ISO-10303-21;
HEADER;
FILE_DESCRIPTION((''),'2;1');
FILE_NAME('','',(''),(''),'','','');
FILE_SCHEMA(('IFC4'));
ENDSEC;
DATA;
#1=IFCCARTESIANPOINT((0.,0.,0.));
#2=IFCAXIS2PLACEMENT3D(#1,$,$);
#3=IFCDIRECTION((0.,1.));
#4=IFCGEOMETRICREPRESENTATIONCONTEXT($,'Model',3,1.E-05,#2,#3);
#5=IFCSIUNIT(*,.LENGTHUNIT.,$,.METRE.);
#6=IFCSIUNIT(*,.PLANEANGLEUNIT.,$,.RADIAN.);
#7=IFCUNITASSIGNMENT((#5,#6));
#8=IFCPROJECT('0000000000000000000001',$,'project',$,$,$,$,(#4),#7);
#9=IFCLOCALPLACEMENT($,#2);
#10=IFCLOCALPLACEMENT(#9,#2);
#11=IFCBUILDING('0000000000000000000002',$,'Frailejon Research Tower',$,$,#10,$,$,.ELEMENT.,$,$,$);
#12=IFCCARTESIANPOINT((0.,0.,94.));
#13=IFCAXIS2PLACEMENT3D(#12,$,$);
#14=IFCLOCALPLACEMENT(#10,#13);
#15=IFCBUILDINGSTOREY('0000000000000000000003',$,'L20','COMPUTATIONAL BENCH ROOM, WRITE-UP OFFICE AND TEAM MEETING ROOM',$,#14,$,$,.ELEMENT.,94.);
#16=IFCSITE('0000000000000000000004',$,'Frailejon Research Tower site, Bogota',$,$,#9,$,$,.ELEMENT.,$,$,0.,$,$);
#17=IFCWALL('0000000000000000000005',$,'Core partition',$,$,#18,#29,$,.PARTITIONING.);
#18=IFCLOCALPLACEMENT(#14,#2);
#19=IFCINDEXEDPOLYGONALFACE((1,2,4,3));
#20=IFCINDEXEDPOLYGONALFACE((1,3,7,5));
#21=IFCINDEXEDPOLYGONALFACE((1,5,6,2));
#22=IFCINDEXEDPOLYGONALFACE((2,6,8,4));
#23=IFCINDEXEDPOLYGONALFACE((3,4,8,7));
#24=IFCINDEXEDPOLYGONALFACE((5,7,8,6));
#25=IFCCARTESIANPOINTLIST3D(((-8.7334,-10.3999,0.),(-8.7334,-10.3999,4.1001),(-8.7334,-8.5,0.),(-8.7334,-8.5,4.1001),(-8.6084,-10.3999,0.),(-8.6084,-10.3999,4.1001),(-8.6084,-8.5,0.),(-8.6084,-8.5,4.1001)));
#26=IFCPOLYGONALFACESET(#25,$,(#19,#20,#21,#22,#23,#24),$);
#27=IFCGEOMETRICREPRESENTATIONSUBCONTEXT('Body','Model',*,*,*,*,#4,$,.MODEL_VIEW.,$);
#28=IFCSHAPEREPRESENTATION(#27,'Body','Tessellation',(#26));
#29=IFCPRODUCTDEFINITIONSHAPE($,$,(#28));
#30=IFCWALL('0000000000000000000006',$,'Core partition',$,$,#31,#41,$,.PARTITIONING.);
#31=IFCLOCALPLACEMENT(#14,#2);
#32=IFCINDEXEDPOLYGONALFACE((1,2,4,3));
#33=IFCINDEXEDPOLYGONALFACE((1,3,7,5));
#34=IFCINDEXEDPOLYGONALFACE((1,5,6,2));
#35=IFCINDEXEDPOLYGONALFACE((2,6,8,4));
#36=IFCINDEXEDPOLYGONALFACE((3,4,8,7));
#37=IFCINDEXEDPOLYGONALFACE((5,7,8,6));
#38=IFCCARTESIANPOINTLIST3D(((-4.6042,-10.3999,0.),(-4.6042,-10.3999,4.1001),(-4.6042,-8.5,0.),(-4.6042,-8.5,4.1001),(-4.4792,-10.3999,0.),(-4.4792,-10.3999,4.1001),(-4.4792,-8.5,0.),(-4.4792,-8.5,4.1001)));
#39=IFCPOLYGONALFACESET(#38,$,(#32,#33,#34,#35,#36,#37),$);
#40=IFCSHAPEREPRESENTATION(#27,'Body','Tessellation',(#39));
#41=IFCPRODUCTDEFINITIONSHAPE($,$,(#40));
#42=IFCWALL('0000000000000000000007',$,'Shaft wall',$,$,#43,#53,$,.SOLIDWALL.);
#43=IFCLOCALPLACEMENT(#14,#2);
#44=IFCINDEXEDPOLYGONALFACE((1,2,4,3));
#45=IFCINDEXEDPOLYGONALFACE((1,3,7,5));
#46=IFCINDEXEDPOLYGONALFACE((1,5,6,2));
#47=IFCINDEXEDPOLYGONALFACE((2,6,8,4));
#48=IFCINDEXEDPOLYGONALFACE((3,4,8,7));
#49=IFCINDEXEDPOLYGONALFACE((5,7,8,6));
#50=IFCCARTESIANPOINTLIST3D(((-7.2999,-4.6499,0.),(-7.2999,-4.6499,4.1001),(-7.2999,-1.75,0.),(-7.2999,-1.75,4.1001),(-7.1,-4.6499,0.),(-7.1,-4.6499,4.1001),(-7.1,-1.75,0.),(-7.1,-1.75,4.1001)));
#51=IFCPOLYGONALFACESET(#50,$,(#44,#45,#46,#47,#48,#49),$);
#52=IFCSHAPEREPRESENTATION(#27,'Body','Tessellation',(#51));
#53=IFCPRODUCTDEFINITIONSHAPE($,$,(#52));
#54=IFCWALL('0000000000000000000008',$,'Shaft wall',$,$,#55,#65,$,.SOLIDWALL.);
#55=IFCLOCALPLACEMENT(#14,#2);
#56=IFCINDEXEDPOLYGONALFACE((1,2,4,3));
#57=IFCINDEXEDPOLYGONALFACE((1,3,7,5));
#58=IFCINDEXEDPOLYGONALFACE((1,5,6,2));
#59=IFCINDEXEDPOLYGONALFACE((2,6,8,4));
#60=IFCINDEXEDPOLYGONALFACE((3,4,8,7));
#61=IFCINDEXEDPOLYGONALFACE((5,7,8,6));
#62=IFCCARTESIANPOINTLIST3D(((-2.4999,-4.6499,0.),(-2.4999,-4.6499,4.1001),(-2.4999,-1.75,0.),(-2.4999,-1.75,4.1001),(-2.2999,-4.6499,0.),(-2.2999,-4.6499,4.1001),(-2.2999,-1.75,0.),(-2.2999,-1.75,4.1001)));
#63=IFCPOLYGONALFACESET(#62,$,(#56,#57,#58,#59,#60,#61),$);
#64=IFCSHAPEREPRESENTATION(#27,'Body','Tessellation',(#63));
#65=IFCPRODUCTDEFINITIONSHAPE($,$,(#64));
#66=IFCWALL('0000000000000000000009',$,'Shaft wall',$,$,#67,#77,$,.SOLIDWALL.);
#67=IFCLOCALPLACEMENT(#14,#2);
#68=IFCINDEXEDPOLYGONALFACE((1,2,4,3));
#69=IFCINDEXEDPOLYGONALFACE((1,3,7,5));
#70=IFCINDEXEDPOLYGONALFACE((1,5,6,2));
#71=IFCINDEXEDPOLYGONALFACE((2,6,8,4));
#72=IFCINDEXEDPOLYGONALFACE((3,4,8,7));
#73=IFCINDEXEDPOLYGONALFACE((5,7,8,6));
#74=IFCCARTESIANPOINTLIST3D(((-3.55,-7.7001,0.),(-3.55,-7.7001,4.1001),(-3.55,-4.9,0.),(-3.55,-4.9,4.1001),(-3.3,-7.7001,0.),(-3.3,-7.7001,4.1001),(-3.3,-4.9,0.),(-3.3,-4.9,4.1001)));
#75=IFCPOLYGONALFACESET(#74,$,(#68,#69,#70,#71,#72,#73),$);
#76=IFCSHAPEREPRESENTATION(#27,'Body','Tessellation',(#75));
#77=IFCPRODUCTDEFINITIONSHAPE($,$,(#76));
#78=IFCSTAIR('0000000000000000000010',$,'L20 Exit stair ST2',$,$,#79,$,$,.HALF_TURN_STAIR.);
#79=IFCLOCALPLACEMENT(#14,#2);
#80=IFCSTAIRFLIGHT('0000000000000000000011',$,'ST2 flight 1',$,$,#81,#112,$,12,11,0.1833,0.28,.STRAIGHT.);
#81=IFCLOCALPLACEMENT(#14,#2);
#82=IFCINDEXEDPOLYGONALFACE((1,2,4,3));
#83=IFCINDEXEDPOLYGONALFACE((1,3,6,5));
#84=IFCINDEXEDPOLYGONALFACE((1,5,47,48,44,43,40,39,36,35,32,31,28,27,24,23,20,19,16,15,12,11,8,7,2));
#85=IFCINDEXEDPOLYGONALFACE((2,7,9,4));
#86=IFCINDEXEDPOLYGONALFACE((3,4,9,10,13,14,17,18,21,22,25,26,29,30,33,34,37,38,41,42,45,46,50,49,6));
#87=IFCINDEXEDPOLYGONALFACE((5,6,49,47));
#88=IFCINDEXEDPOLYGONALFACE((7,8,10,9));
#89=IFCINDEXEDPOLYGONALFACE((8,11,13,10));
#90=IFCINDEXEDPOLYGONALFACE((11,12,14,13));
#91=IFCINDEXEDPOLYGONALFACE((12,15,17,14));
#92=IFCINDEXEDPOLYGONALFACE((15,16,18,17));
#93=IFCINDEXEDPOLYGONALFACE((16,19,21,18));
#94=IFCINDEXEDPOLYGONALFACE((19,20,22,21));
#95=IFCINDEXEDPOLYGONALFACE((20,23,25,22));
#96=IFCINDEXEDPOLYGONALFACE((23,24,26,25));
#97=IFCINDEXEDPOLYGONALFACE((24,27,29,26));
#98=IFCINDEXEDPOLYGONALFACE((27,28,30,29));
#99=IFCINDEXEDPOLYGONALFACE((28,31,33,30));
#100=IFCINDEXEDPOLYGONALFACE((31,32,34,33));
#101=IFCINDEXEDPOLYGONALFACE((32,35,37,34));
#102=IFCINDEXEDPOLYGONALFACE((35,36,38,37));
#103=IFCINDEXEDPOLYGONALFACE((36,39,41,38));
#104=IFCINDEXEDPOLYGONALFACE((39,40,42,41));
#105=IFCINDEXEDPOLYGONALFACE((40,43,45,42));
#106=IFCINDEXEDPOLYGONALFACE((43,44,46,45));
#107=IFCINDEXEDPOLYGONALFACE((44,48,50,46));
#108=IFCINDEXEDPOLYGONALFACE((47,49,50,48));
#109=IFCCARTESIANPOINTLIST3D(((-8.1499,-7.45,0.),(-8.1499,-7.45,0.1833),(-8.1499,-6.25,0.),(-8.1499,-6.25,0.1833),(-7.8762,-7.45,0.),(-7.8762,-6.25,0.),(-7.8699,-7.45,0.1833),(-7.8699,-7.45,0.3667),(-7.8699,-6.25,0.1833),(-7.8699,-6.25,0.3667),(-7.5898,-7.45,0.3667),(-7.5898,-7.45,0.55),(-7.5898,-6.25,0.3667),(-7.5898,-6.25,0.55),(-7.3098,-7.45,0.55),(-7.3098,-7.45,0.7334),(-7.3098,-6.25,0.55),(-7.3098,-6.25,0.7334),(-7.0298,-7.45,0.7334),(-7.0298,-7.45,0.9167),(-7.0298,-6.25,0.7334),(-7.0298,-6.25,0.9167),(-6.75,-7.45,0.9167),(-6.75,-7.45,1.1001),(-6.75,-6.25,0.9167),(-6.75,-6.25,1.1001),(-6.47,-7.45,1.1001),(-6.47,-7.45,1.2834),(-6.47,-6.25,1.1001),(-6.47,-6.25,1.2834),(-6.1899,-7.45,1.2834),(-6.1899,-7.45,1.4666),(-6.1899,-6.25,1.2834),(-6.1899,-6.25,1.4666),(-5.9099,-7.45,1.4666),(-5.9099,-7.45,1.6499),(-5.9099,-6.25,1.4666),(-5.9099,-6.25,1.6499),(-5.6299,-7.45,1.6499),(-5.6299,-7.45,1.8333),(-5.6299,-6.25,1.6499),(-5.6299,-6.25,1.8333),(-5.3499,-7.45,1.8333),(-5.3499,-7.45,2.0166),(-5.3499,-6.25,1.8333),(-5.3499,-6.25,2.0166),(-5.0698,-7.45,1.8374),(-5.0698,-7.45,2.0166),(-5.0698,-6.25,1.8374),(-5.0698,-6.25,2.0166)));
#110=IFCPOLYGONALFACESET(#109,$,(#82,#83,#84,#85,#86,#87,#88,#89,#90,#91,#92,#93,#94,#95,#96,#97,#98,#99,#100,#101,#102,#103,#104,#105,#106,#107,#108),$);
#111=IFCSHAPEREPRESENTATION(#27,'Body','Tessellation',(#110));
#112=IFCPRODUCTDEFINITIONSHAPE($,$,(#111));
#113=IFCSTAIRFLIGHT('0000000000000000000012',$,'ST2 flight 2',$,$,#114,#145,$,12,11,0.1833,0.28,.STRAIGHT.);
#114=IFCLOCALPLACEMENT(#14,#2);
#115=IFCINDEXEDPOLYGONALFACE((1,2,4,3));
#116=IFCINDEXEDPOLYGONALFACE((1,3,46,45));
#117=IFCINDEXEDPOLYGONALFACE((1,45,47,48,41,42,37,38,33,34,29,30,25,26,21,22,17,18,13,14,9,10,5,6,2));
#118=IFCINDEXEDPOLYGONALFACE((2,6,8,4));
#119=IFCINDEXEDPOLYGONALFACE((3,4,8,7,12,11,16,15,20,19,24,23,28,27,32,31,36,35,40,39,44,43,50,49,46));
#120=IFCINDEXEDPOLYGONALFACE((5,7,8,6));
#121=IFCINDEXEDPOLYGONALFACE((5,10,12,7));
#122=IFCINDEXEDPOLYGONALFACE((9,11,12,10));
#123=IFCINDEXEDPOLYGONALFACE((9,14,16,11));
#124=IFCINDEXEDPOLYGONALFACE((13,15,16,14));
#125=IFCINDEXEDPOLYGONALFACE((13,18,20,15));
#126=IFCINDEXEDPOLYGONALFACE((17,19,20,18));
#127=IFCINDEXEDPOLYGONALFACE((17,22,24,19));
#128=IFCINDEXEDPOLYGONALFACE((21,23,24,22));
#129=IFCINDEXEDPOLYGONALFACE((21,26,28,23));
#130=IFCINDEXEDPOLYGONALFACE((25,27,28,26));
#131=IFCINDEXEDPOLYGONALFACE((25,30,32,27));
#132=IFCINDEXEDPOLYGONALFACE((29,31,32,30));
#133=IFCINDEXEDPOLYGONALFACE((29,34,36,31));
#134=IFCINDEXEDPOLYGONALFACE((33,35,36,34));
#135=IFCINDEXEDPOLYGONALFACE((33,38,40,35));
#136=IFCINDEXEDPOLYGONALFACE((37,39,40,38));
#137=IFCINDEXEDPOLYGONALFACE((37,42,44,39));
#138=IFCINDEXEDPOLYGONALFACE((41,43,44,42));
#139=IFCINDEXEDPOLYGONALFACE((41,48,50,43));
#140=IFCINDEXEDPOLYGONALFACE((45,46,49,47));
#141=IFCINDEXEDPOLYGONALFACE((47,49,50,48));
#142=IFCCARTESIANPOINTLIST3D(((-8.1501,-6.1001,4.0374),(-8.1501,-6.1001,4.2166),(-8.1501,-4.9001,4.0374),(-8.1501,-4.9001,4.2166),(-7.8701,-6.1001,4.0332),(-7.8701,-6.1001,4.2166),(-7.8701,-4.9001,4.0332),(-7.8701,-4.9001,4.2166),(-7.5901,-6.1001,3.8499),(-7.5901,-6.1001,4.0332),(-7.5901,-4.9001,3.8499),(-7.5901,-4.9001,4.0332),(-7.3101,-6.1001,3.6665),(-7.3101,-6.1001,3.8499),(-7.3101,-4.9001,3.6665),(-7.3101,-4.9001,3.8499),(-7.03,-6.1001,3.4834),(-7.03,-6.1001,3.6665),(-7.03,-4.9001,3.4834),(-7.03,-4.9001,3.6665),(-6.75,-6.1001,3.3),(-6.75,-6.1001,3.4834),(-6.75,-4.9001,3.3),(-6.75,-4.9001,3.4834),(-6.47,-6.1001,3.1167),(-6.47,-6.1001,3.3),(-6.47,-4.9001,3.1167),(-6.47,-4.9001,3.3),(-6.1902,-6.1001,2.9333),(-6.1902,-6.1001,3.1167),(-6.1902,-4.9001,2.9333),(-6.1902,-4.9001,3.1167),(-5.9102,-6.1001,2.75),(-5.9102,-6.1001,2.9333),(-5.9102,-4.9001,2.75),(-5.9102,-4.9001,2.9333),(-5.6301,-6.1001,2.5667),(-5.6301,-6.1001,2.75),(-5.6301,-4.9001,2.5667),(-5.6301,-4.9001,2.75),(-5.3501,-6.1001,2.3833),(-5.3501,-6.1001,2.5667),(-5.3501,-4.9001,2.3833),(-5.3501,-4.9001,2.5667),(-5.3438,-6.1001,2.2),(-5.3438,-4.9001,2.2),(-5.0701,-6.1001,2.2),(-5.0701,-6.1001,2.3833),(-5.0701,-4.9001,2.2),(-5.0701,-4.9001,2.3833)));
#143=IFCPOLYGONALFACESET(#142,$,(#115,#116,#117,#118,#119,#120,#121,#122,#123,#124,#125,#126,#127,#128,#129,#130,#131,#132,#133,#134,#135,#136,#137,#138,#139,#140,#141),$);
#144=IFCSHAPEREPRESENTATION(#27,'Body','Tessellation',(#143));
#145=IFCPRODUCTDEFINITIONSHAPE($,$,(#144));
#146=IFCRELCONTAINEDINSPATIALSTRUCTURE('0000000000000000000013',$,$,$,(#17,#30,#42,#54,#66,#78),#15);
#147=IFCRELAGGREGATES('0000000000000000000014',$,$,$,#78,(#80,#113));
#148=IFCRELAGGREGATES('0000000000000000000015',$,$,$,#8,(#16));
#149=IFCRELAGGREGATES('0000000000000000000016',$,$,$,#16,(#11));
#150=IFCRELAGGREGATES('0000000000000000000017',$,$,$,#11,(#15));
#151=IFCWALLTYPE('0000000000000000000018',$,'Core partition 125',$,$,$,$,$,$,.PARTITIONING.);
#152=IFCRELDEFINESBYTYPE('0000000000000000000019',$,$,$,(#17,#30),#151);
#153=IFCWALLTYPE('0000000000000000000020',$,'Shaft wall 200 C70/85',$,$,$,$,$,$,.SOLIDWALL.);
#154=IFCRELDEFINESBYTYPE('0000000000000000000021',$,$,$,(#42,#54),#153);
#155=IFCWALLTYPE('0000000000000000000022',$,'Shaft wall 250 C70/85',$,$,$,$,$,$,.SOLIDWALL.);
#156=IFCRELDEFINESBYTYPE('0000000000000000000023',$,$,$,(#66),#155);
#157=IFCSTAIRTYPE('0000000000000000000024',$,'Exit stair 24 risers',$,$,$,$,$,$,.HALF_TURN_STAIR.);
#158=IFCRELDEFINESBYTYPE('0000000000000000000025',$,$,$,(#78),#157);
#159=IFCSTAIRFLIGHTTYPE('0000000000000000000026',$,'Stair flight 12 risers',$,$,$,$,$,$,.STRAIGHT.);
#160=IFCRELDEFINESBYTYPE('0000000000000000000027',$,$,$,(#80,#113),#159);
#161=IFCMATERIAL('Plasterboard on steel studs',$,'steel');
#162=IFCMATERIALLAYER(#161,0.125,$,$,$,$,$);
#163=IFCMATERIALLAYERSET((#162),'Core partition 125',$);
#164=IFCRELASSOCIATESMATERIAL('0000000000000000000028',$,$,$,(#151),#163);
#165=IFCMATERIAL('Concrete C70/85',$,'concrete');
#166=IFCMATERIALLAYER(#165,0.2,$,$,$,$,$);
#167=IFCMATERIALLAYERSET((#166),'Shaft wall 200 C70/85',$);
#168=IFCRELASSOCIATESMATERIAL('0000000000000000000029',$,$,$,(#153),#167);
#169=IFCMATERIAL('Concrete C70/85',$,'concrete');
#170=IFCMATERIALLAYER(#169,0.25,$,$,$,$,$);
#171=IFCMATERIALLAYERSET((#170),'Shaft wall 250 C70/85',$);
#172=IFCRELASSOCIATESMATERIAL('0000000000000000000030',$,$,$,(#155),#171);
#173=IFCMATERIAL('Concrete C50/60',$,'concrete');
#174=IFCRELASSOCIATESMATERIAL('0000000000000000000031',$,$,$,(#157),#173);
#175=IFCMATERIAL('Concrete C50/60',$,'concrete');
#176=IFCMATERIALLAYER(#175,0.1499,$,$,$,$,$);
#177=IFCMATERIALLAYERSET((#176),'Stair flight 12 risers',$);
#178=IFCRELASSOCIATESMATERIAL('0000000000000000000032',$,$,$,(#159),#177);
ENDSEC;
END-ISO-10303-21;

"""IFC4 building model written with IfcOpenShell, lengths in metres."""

from ifc_helpers import new_model, si_unit, direction, frame, frame_2d, origin, place, context, subcontext, project, spatial, polyline, rectangle, outline, extrude, material, layer, layer_set, type_object, element, aggregate, save


model = new_model("IFC4")

# Units and contexts
model_context = context("Model", 3, precision=1e-05, world=origin(), true_north=direction((0.0, 1.0)))
body_context = subcontext(model_context, "Body", "Model", "MODEL_VIEW")
ifc_project = project(units=[si_unit("LENGTHUNIT", "METRE"), si_unit("PLANEANGLEUNIT", "RADIAN")], contexts=[model_context])

# Site, building, storey
site_placement = place(None, origin())
site = spatial("IfcSite", under=ifc_project, at=site_placement, Name="Frailejon Research Tower site, Bogota", CompositionType="ELEMENT", RefElevation=0.0)
building_placement = place(site_placement, origin())
building = spatial("IfcBuilding", under=site, at=building_placement, Name="Frailejon Research Tower", CompositionType="ELEMENT")
storey_placement = place(building_placement, frame((0.0, 0.0, 94.0)))
storey = spatial("IfcBuildingStorey", under=building, at=storey_placement, Name="L20", Description="COMPUTATIONAL BENCH ROOM, WRITE-UP OFFICE AND TEAM MEETING ROOM", CompositionType="ELEMENT", Elevation=94.0)

# Walls
ifc_material_1 = material(Name="Plasterboard on steel studs", Category="steel")
ifc_layer_1 = layer(ifc_material_1, 0.125)
ifc_layer_set_1 = layer_set([ifc_layer_1], Name="Core partition 125")
wall_type_1 = type_object("IfcWallType", Name="Core partition 125", PredefinedType="PARTITIONING", material=ifc_layer_set_1)
for number, where, z_axis, x_axis, name in (
    (1, (-8.6709, -10.3999, 0.0), (0.0, 0.0, 1.0), (0.0, 1.0, 0.0), "Core partition"),
    (2, (-4.5417, -10.3999, 0.0), (0.0, 0.0, 1.0), (0.0, 1.0, 0.0), "Core partition"),
):
    element("IfcWall", number, at=place(storey_placement, frame(where, z_axis=z_axis, x_axis=x_axis)), inside=storey, type_object=wall_type_1, Name=name, PredefinedType="PARTITIONING", context=body_context, shape_type="SweptSolid", body=[
        extrude(rectangle(XDim=1.8999, YDim=0.125, at=frame_2d((0.95, 0.0))), origin(), (0.0, 0.0, 1.0), 4.1001),
    ])
ifc_material_2 = material(Name="Concrete C70/85", Category="concrete")
ifc_layer_2 = layer(ifc_material_2, 0.2)
ifc_layer_set_2 = layer_set([ifc_layer_2], Name="Shaft wall 200 C70/85")
wall_type_2 = type_object("IfcWallType", Name="Shaft wall 200 C70/85", PredefinedType="SOLIDWALL", material=ifc_layer_set_2)
for number, where, z_axis, x_axis, name in (
    (3, (-7.2, -4.6499, 0.0), (0.0, 0.0, 1.0), (0.0, 1.0, 0.0), "Shaft wall"),
    (4, (-2.3999, -4.6499, 0.0), (0.0, 0.0, 1.0), (0.0, 1.0, 0.0), "Shaft wall"),
):
    element("IfcWall", number, at=place(storey_placement, frame(where, z_axis=z_axis, x_axis=x_axis)), inside=storey, type_object=wall_type_2, Name=name, PredefinedType="SOLIDWALL", context=body_context, shape_type="SweptSolid", body=[
        extrude(rectangle(XDim=2.8999, YDim=0.2, at=frame_2d((1.45, 0.0))), origin(), (0.0, 0.0, 1.0), 4.1001),
    ])
ifc_material_3 = material(Name="Concrete C70/85", Category="concrete")
ifc_layer_3 = layer(ifc_material_3, 0.25)
ifc_layer_set_3 = layer_set([ifc_layer_3], Name="Shaft wall 250 C70/85")
wall_type_3 = type_object("IfcWallType", Name="Shaft wall 250 C70/85", PredefinedType="SOLIDWALL", material=ifc_layer_set_3)
wall_placement = place(storey_placement, frame((-3.425, -7.7, 0.0), z_axis=(0.0, 0.0, 1.0), x_axis=(0.0, 1.0, 0.0)))
element("IfcWall", 5, at=wall_placement, inside=storey, type_object=wall_type_3, Name="Shaft wall", PredefinedType="SOLIDWALL", context=body_context, shape_type="SweptSolid", body=[
    extrude(rectangle(XDim=2.8, YDim=0.25, at=frame_2d((1.3999, 0.0))), origin(), (0.0, 0.0, 1.0), 4.1001),
])

# Stair, stair flights
ifc_material_4 = material(Name="Concrete C50/60", Category="concrete")
stair_type = type_object("IfcStairType", Name="Exit stair 24 risers", PredefinedType="HALF_TURN_STAIR", material=ifc_material_4)
stair_placement = place(storey_placement, origin())
stair = element("IfcStair", 6, at=stair_placement, inside=storey, type_object=stair_type, Name="L20 Exit stair ST2", PredefinedType="HALF_TURN_STAIR")
ifc_material_5 = material(Name="Concrete C50/60", Category="concrete")
ifc_layer_4 = layer(ifc_material_5, 0.1499)
ifc_layer_set_4 = layer_set([ifc_layer_4], Name="Stair flight 12 risers")
stair_flight_type = type_object("IfcStairFlightType", Name="Stair flight 12 risers", PredefinedType="STRAIGHT", material=ifc_layer_set_4)
stair_flight_1_placement = place(storey_placement, frame((-8.1499, -6.8501, 0.0), z_axis=(0.0, 0.0, 1.0), x_axis=(1.0, 0.0, 0.0)))
stair_flight_1 = element("IfcStairFlight", 7, at=stair_flight_1_placement, type_object=stair_flight_type, Name="ST2 flight 1", NumberOfRisers=12, NumberOfTreads=11, PredefinedType="STRAIGHT", RiserHeight=0.1833, TreadLength=0.28, context=body_context, shape_type="SweptSolid", body=[
    extrude(outline(polyline([(0.0, 0.0), (0.0, 0.1833), (0.28, 0.1833), (0.28, 0.3667), (0.5601, 0.3667), (0.5601, 0.55), (0.8401, 0.55), (0.8401, 0.7334), (1.1201, 0.7334), (1.1201, 0.9167), (1.3999, 0.9167), (1.3999, 1.1001), (1.6799, 1.1001), (1.6799, 1.2834), (1.96, 1.2834), (1.96, 1.4666), (2.24, 1.4666), (2.24, 1.6499), (2.52, 1.6499), (2.52, 1.8333), (2.8, 1.8333), (2.8, 2.0166), (3.0801, 2.0166), (3.0801, 2.2), (3.0801, 1.8374), (0.2737, 0.0), (0.0, 0.0)])), frame((0.0, 0.6001, 0.0), z_axis=(0.0, -1.0, 0.0), x_axis=(1.0, 0.0, 0.0)), (0.0, 0.0, 1.0), 1.2),
])
stair_flight_2_placement = place(storey_placement, frame((-5.0701, -5.5, 2.2), z_axis=(0.0, 0.0, 1.0), x_axis=(-1.0, 0.0, 0.0)))
stair_flight_2 = element("IfcStairFlight", 8, at=stair_flight_2_placement, type_object=stair_flight_type, Name="ST2 flight 2", NumberOfRisers=12, NumberOfTreads=11, PredefinedType="STRAIGHT", RiserHeight=0.1833, TreadLength=0.28, context=body_context, shape_type="SweptSolid", body=[
    extrude(outline(polyline([(0.0, 0.0), (0.0, 0.1833), (0.28, 0.1833), (0.28, 0.3667), (0.5601, 0.3667), (0.5601, 0.55), (0.8401, 0.55), (0.8401, 0.7334), (1.1201, 0.7334), (1.1201, 0.9167), (1.3999, 0.9167), (1.3999, 1.1001), (1.6799, 1.1001), (1.6799, 1.2834), (1.96, 1.2834), (1.96, 1.4666), (2.24, 1.4666), (2.24, 1.6499), (2.52, 1.6499), (2.52, 1.8333), (2.8, 1.8333), (2.8, 2.0166), (3.0801, 2.0166), (3.0801, 2.2), (3.0801, 1.8374), (0.2737, 0.0), (0.0, 0.0)])), frame((0.0, 0.6001, 0.0), z_axis=(0.0, -1.0, 0.0), x_axis=(1.0, 0.0, 0.0)), (0.0, 0.0, 1.0), 1.2),
])
aggregate(stair, [stair_flight_1, stair_flight_2])

save(model, "model.ifc")
